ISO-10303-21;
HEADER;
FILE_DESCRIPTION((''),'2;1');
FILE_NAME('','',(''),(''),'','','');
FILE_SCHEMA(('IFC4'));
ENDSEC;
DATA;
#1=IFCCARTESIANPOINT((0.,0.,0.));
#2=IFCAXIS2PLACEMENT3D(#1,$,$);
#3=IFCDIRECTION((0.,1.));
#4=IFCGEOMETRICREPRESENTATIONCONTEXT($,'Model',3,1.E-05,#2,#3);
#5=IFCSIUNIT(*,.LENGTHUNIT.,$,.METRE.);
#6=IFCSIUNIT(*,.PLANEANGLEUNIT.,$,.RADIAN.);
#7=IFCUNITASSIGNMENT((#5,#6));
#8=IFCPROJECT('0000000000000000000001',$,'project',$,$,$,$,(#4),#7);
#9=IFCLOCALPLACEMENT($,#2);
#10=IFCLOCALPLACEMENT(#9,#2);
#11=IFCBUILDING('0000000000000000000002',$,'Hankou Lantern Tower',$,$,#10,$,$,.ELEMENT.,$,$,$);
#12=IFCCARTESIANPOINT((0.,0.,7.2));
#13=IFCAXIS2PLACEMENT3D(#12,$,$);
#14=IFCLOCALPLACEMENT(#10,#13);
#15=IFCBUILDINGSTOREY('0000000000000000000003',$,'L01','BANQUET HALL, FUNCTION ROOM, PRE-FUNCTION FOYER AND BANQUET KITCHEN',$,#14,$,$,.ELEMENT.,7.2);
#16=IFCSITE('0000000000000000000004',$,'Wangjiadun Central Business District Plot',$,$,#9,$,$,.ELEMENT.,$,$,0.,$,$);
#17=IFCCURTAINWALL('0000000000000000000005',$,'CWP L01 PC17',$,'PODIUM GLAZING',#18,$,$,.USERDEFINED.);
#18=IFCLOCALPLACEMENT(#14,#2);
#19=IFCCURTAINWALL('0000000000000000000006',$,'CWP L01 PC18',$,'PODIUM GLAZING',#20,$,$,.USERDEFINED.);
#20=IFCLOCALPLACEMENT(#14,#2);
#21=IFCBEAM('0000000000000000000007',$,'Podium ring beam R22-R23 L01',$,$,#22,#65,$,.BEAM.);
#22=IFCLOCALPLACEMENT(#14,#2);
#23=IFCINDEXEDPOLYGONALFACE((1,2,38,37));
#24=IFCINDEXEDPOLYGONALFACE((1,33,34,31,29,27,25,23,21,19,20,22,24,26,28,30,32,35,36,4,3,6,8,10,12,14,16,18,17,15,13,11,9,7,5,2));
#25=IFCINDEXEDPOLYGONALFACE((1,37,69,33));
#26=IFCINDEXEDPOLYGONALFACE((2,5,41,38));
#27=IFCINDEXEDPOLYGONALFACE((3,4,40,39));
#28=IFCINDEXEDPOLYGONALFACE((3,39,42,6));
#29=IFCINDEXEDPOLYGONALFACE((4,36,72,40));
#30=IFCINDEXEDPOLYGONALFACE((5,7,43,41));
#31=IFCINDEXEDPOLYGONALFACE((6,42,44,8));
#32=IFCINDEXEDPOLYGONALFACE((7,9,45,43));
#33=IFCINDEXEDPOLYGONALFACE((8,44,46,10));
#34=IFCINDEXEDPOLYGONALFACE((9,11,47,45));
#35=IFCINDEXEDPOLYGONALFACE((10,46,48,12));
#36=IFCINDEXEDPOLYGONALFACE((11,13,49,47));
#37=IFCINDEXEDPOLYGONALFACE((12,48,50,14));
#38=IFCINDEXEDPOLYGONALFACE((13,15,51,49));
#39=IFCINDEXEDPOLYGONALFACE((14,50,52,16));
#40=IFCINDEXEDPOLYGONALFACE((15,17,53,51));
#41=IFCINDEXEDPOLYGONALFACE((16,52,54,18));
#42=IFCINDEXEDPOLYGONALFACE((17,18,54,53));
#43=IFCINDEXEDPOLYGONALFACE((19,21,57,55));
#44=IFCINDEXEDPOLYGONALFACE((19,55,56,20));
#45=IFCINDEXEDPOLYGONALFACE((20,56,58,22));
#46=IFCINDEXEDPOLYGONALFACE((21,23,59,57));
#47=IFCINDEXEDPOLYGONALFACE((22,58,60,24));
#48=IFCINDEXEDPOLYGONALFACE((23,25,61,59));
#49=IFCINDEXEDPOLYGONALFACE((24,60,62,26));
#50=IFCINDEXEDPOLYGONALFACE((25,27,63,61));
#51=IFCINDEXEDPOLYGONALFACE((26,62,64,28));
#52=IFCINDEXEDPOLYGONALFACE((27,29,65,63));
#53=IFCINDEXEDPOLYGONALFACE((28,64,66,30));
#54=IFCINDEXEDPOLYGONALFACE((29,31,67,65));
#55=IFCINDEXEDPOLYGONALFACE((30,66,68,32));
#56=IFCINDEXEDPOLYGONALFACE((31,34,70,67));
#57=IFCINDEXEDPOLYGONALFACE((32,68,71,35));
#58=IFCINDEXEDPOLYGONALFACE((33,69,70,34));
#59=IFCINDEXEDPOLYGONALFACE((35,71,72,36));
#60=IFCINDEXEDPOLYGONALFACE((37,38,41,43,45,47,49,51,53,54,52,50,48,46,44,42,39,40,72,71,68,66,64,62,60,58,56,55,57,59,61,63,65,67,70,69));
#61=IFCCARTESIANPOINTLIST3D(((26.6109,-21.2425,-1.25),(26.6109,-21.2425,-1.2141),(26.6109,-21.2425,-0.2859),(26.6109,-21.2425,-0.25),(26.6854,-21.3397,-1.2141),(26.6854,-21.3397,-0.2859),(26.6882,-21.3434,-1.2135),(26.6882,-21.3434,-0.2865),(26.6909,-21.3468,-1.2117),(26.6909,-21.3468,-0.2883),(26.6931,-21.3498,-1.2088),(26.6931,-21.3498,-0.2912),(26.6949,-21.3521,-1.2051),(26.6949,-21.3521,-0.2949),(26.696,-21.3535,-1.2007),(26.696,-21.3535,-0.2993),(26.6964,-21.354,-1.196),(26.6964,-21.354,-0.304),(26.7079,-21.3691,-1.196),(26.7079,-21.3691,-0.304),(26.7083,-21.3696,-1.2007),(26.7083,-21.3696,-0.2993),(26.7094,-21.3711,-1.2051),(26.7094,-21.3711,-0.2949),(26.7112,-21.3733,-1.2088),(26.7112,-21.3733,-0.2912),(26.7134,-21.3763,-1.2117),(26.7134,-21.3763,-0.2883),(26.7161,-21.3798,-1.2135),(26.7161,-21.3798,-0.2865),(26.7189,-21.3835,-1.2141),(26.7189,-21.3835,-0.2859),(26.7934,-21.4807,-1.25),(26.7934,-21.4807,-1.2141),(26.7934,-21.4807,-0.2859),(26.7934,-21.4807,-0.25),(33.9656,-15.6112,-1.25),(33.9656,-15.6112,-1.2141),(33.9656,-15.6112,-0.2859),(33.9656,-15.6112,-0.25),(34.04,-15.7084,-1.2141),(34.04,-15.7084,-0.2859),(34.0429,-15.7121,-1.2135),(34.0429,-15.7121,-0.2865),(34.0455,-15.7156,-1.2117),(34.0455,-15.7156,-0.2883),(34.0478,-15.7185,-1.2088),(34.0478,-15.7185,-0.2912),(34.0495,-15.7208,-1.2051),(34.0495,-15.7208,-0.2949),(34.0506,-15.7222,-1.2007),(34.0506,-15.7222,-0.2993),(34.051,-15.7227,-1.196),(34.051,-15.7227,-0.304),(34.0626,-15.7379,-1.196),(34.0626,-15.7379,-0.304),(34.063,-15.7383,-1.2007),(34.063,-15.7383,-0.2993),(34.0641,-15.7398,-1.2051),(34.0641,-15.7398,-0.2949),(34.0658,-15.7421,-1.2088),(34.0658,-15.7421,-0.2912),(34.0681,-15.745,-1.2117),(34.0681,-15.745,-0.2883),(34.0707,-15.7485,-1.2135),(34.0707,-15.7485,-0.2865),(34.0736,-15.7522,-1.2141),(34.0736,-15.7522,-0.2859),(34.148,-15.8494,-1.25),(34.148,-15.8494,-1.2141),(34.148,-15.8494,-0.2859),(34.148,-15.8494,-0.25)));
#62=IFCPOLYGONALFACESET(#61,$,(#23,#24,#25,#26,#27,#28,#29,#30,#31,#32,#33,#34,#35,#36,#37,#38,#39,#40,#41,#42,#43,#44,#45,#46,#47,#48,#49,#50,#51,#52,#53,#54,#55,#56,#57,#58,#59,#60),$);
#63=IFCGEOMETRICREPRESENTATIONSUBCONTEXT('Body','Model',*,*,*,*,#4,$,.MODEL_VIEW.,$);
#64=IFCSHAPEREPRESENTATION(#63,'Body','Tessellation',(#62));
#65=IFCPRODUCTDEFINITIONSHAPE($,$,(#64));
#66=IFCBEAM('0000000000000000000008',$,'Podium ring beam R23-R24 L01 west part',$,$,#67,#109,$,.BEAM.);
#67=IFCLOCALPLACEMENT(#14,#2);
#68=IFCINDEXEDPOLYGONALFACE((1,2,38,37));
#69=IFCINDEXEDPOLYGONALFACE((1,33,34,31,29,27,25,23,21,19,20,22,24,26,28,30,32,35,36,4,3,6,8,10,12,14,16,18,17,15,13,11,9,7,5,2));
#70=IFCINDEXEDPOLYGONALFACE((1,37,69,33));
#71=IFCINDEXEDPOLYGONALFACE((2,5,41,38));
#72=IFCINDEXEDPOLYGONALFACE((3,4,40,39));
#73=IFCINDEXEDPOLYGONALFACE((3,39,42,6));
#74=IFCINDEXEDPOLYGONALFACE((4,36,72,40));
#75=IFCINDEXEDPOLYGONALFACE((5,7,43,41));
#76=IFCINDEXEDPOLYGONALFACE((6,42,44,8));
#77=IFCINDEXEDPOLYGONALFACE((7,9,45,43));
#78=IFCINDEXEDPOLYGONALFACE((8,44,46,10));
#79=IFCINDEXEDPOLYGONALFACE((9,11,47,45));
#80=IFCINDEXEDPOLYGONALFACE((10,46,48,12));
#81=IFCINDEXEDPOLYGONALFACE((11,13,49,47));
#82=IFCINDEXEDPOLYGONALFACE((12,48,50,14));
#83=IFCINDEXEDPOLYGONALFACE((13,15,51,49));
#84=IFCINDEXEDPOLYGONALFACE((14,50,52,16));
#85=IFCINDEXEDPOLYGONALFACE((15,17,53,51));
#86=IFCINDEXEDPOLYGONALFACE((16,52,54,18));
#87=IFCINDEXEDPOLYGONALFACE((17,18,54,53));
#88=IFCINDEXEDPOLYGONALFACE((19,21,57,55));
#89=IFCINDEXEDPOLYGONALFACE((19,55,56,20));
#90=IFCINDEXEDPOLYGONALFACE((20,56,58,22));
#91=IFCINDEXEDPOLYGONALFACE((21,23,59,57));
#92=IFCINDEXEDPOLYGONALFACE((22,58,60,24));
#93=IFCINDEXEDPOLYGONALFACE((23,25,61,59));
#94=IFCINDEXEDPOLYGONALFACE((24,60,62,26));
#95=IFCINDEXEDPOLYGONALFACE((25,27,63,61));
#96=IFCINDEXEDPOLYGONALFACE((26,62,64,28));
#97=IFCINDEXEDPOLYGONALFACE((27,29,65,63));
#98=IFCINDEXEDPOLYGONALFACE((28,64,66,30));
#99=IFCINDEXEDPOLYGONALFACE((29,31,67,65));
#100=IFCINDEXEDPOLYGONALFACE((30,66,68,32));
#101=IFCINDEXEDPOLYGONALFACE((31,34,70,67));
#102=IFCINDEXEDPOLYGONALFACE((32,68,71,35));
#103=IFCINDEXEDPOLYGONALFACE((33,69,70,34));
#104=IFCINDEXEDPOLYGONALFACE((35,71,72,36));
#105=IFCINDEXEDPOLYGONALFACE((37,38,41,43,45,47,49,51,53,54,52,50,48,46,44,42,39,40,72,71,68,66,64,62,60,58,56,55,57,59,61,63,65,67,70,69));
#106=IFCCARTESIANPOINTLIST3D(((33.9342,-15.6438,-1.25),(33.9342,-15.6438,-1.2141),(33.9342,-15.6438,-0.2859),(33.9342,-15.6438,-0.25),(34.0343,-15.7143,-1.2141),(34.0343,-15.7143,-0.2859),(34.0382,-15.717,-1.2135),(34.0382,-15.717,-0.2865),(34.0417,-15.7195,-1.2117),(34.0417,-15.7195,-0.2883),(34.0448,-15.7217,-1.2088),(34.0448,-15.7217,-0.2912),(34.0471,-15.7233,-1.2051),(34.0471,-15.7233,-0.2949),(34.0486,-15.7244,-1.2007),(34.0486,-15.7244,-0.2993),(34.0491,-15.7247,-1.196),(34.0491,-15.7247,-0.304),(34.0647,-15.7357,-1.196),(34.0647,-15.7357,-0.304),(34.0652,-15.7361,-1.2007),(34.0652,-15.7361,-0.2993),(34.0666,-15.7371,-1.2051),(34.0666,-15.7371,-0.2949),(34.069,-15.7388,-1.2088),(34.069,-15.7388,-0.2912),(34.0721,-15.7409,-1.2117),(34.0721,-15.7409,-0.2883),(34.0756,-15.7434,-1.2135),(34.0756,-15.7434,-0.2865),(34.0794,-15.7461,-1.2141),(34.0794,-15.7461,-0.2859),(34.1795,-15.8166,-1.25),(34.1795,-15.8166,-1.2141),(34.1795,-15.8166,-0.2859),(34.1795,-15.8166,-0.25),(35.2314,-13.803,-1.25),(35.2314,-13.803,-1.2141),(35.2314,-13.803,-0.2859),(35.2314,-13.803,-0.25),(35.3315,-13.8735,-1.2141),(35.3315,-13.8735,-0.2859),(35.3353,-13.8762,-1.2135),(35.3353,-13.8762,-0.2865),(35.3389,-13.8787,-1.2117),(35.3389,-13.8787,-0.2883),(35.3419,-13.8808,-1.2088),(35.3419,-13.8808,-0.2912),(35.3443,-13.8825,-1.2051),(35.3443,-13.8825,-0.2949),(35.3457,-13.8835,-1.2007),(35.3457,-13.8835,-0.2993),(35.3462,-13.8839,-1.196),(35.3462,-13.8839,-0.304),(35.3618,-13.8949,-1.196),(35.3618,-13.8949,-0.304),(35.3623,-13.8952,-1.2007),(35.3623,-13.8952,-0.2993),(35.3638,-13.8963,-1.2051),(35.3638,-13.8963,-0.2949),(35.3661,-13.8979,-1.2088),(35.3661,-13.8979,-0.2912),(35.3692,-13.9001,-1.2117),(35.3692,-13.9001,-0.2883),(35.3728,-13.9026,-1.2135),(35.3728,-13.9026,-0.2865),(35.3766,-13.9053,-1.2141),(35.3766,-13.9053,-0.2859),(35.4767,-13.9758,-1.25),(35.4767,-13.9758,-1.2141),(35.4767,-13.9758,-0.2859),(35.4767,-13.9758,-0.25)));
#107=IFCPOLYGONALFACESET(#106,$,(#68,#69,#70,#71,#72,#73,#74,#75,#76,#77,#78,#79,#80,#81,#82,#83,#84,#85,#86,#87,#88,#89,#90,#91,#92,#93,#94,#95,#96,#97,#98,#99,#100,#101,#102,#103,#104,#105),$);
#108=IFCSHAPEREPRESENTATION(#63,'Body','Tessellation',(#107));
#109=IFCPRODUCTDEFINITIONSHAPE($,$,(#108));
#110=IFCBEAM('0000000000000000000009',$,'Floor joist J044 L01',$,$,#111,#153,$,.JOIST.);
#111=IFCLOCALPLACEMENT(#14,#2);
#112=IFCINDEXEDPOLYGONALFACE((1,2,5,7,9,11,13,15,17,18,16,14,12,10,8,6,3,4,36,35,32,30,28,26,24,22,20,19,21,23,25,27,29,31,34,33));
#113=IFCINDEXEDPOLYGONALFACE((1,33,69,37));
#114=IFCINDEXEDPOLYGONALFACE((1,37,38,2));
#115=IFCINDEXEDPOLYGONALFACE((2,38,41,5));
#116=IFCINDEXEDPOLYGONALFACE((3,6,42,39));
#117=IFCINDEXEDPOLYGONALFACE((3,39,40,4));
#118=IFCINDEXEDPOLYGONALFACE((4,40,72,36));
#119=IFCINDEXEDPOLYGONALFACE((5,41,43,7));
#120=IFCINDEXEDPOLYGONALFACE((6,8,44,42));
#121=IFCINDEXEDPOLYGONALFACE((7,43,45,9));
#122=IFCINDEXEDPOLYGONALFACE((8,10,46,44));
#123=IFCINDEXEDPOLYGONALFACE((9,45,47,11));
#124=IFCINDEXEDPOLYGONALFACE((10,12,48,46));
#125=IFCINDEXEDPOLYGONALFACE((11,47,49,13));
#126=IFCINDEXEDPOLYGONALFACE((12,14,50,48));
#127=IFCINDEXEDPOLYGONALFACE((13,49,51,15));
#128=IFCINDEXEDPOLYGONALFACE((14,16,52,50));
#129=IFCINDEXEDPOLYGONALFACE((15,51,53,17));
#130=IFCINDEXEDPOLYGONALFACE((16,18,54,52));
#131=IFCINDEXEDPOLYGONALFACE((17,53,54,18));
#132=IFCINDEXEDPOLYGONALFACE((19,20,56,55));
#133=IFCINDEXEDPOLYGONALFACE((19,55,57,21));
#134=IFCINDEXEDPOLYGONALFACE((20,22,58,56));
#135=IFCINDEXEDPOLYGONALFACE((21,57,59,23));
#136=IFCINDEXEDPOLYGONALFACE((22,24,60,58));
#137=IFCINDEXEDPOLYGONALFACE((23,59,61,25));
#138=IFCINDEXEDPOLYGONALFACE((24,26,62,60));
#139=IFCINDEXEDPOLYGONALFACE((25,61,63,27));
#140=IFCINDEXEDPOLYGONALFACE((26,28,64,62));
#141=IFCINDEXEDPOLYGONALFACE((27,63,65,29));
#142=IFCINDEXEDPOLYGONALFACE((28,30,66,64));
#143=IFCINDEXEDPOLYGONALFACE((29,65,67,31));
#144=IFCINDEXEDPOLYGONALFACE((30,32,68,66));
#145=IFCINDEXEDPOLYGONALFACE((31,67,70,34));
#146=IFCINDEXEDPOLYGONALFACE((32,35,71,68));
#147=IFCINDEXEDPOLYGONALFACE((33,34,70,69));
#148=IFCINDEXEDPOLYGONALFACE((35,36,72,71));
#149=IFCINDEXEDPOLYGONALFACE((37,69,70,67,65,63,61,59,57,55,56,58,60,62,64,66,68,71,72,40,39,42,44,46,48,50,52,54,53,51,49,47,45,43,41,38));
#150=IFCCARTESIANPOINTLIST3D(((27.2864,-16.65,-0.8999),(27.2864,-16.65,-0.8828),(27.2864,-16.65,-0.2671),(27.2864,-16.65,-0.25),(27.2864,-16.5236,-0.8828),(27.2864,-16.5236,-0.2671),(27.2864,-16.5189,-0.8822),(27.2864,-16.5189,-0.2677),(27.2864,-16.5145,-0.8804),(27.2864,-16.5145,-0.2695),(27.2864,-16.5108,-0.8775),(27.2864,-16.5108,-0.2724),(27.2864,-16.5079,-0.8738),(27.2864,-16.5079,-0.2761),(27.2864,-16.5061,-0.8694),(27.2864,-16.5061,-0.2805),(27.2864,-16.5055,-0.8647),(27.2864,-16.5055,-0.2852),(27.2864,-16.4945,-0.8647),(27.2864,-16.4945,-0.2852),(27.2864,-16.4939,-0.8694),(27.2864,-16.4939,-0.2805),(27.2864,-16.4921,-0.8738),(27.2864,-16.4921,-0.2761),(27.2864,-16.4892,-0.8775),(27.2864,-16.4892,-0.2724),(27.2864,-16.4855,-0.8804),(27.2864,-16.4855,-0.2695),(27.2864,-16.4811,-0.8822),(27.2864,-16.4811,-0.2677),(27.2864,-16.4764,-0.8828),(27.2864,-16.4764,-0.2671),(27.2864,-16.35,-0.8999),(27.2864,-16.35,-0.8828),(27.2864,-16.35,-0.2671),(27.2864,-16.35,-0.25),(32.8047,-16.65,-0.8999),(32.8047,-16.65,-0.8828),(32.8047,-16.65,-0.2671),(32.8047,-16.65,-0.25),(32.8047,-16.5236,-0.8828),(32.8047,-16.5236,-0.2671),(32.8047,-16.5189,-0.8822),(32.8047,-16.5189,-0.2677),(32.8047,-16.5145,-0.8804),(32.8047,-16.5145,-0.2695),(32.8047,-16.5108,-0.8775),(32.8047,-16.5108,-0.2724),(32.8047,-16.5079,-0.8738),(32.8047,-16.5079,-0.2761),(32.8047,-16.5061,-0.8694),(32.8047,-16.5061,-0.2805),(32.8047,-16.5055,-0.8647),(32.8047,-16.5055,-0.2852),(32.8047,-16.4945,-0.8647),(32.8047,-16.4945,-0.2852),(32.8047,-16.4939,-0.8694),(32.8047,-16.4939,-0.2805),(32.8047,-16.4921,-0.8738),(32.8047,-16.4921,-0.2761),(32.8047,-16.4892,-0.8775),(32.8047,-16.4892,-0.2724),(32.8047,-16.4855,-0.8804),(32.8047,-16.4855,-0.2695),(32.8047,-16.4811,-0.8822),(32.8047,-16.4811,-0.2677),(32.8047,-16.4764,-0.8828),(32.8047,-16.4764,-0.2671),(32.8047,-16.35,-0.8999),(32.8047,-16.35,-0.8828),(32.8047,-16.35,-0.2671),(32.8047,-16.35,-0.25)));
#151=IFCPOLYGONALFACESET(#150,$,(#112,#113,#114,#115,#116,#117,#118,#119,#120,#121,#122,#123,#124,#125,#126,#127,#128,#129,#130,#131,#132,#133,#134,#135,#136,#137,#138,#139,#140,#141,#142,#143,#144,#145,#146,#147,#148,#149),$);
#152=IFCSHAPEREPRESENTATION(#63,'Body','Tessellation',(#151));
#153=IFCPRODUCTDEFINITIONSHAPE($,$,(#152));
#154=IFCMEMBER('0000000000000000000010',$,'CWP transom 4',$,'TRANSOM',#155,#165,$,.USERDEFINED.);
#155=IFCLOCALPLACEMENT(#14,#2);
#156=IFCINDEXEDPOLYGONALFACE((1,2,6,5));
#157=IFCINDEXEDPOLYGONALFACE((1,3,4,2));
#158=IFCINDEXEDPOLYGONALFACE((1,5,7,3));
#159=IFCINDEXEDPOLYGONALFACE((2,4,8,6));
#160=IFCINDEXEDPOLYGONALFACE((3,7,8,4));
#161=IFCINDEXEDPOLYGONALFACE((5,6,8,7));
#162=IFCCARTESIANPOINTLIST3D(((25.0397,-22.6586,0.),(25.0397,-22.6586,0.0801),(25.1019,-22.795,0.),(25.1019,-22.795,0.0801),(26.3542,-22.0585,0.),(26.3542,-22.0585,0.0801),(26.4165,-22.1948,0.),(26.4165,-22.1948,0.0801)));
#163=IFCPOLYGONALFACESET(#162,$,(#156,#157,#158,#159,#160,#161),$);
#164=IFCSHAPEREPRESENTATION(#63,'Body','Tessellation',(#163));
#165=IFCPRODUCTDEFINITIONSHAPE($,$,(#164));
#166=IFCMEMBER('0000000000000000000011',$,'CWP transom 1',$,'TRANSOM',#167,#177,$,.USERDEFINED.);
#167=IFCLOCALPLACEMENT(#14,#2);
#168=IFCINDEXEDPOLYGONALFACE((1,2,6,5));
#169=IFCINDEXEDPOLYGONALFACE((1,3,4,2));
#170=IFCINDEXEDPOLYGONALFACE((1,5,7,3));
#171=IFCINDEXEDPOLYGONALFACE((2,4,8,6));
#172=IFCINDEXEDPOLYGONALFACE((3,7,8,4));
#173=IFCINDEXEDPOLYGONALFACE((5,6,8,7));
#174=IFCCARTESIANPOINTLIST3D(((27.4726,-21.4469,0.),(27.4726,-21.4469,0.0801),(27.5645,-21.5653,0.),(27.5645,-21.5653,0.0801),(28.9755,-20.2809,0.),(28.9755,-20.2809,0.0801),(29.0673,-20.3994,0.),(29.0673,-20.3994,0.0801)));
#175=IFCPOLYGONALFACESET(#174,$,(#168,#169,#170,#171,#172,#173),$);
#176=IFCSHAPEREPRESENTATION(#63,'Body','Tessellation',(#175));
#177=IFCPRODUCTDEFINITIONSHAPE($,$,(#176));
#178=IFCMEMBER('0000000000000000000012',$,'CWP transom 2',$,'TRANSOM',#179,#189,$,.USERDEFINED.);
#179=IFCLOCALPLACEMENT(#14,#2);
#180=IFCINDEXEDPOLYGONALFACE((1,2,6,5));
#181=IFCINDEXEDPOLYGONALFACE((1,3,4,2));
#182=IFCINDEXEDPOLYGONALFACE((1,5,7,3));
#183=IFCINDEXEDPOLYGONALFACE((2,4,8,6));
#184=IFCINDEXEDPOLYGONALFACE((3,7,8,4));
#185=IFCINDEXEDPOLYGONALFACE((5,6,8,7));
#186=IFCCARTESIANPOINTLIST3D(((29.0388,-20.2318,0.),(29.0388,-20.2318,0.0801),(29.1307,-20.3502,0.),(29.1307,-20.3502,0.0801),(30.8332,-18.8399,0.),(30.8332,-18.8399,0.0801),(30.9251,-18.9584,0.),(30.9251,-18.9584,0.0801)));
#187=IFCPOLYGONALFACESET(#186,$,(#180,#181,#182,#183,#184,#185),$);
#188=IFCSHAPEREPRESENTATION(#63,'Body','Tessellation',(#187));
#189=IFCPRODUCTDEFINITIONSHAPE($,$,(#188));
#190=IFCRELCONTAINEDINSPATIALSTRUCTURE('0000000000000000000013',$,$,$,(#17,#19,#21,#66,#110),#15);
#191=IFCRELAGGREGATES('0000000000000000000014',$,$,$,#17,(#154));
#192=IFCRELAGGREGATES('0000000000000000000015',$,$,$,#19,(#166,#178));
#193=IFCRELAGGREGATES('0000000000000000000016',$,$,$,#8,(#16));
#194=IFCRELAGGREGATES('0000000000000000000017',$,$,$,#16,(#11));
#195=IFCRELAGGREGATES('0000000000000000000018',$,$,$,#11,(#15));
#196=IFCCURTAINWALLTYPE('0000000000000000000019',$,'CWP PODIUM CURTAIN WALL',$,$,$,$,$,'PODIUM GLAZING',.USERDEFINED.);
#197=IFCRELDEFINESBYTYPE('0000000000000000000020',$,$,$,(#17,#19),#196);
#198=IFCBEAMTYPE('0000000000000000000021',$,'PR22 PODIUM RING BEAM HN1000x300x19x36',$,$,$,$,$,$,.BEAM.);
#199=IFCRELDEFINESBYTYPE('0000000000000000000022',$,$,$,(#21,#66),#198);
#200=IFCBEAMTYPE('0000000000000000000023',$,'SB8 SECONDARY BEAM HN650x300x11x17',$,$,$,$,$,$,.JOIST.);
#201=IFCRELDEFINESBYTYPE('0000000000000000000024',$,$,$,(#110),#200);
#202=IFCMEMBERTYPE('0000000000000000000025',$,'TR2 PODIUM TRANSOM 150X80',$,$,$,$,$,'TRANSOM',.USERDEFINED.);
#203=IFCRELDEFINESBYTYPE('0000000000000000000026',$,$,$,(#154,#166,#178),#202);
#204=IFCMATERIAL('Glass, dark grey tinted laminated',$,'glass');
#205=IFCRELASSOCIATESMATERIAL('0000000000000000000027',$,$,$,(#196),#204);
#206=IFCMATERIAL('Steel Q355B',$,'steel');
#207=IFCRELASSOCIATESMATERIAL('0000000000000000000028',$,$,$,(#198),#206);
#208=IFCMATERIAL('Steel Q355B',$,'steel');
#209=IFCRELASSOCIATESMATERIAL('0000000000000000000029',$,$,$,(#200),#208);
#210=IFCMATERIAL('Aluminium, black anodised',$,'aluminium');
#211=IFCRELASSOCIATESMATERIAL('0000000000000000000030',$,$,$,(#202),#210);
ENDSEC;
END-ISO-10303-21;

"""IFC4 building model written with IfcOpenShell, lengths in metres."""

from ifc_helpers import new_model, si_unit, direction, frame, origin, origin_2d, place, context, subcontext, project, spatial, rectangle, i_section, extrude, material, material_profile, profile_set, type_object, element, aggregate, save


model = new_model("IFC4")

# Units and contexts
model_context = context("Model", 3, precision=1e-05, world=origin(), true_north=direction((0.0, 1.0)))
body_context = subcontext(model_context, "Body", "Model", "MODEL_VIEW")
ifc_project = project(units=[si_unit("LENGTHUNIT", "METRE"), si_unit("PLANEANGLEUNIT", "RADIAN")], contexts=[model_context])

# Site, building, storey
site_placement = place(None, origin())
site = spatial("IfcSite", under=ifc_project, at=site_placement, Name="Wangjiadun Central Business District Plot", CompositionType="ELEMENT", RefElevation=0.0)
building_placement = place(site_placement, origin())
building = spatial("IfcBuilding", under=site, at=building_placement, Name="Hankou Lantern Tower", CompositionType="ELEMENT")
storey_placement = place(building_placement, frame((0.0, 0.0, 7.2)))
storey = spatial("IfcBuildingStorey", under=building, at=storey_placement, Name="L01", Description="BANQUET HALL, FUNCTION ROOM, PRE-FUNCTION FOYER AND BANQUET KITCHEN", CompositionType="ELEMENT", Elevation=7.2)

# Curtain walls
ifc_material_1 = material(Name="Glass, dark grey tinted laminated", Category="glass")
curtain_wall_type = type_object("IfcCurtainWallType", Name="CWP PODIUM CURTAIN WALL", ElementType="PODIUM GLAZING", PredefinedType="USERDEFINED", material=ifc_material_1)
curtain_wall_1_placement = place(storey_placement, origin())
curtain_wall_1 = element("IfcCurtainWall", 1, at=curtain_wall_1_placement, inside=storey, type_object=curtain_wall_type, Name="CWP L01 PC17", ObjectType="PODIUM GLAZING", PredefinedType="USERDEFINED")
curtain_wall_2_placement = place(storey_placement, origin())
curtain_wall_2 = element("IfcCurtainWall", 2, at=curtain_wall_2_placement, inside=storey, type_object=curtain_wall_type, Name="CWP L01 PC18", ObjectType="PODIUM GLAZING", PredefinedType="USERDEFINED")

# Beams
ifc_material_2 = material(Name="Steel Q355B", Category="steel")
ifc_material_profile_1 = material_profile(ifc_material_2, i_section(OverallWidth=0.3, OverallDepth=1.0, WebThickness=0.019, FlangeThickness=0.0359, FilletRadius=0.0181, at=origin_2d()), Name="HN1000x300x19x36")
ifc_profile_set_1 = profile_set([ifc_material_profile_1], Name="Steel Q355B")
beam_type_1 = type_object("IfcBeamType", Name="PR22 PODIUM RING BEAM HN1000x300x19x36", PredefinedType="BEAM", material=ifc_profile_set_1)
beam_1_placement = place(storey_placement, frame((26.7021, -21.3616, -0.75), z_axis=(0.793986, 0.607936, 0.0), x_axis=(-0.607936, 0.793986, 0.0)))
element("IfcBeam", 3, at=beam_1_placement, inside=storey, type_object=beam_type_1, Name="Podium ring beam R22-R23 L01", PredefinedType="BEAM", context=body_context, shape_type="SweptSolid", body=[
    extrude(i_section(OverallWidth=0.3, OverallDepth=1.0, WebThickness=0.019, FlangeThickness=0.0359, FilletRadius=0.0181, at=origin_2d()), origin(), (0.0, 0.0, 1.0), 9.2629),
])
beam_2_placement = place(storey_placement, frame((34.0569, -15.7302, -0.75), z_axis=(0.576006, 0.817445, 0.0), x_axis=(-0.817445, 0.576006, 0.0)))
element("IfcBeam", 4, at=beam_2_placement, inside=storey, type_object=beam_type_1, Name="Podium ring beam R23-R24 L01 west part", PredefinedType="BEAM", context=body_context, shape_type="SweptSolid", body=[
    extrude(i_section(OverallWidth=0.3, OverallDepth=1.0, WebThickness=0.019, FlangeThickness=0.0359, FilletRadius=0.0181, at=origin_2d()), origin(), (0.0, 0.0, 1.0), 2.252),
])
ifc_material_3 = material(Name="Steel Q355B", Category="steel")
ifc_material_profile_2 = material_profile(ifc_material_3, i_section(OverallWidth=0.3, OverallDepth=0.6499, WebThickness=0.011, FlangeThickness=0.0171, FilletRadius=0.0181, at=origin_2d()), Name="HN650x300x11x17")
ifc_profile_set_2 = profile_set([ifc_material_profile_2], Name="Steel Q355B")
beam_type_2 = type_object("IfcBeamType", Name="SB8 SECONDARY BEAM HN650x300x11x17", PredefinedType="JOIST", material=ifc_profile_set_2)
beam_3_placement = place(storey_placement, frame((27.2864, -16.5, -0.575), z_axis=(1.0, 0.0, 0.0), x_axis=(0.0, 1.0, 0.0)))
element("IfcBeam", 5, at=beam_3_placement, inside=storey, type_object=beam_type_2, Name="Floor joist J044 L01", PredefinedType="JOIST", context=body_context, shape_type="SweptSolid", body=[
    extrude(i_section(OverallWidth=0.3, OverallDepth=0.6499, WebThickness=0.011, FlangeThickness=0.0171, FilletRadius=0.0181, at=origin_2d()), origin(), (0.0, 0.0, 1.0), 5.5183),
])

# Members
ifc_material_4 = material(Name="Aluminium, black anodised", Category="aluminium")
ifc_material_profile_3 = material_profile(ifc_material_4, rectangle(XDim=0.1499, YDim=0.0801, at=origin_2d()), Name="TR2 150X80")
ifc_profile_set_3 = profile_set([ifc_material_profile_3], Name="Aluminium, black anodised")
member_type_1 = type_object("IfcMemberType", Name="TR2 PODIUM TRANSOM 150X80", ElementType="TRANSOM", PredefinedType="USERDEFINED", material=ifc_profile_set_3)
member_1_placement = place(storey_placement, frame((25.0708, -22.7268, 0.04), z_axis=(0.909682, 0.415305, 0.0), x_axis=(-0.415305, 0.909682, 0.0)))
member_1 = element("IfcMember", 6, at=member_1_placement, type_object=member_type_1, Name="CWP transom 4", ObjectType="TRANSOM", PredefinedType="USERDEFINED", context=body_context, shape_type="SweptSolid", body=[
    extrude(rectangle(XDim=0.1499, YDim=0.0801, at=origin_2d()), origin(), (0.0, 0.0, 1.0), 1.4451),
])
member_2_placement = place(storey_placement, frame((27.5186, -21.5061, 0.04), z_axis=(0.790098, 0.612981, 0.0), x_axis=(-0.612981, 0.790098, 0.0)))
member_2 = element("IfcMember", 7, at=member_2_placement, type_object=member_type_1, Name="CWP transom 1", ObjectType="TRANSOM", PredefinedType="USERDEFINED", context=body_context, shape_type="SweptSolid", body=[
    extrude(rectangle(XDim=0.1499, YDim=0.0801, at=origin_2d()), origin(), (0.0, 0.0, 1.0), 1.9021),
])
member_3_placement = place(storey_placement, frame((29.0847, -20.291, 0.04), z_axis=(0.790168, 0.612891, 0.0), x_axis=(-0.612891, 0.790168, 0.0)))
member_3 = element("IfcMember", 8, at=member_3_placement, type_object=member_type_1, Name="CWP transom 2", ObjectType="TRANSOM", PredefinedType="USERDEFINED", context=body_context, shape_type="SweptSolid", body=[
    extrude(rectangle(XDim=0.1499, YDim=0.0801, at=origin_2d()), origin(), (0.0, 0.0, 1.0), 2.271),
])

aggregate(curtain_wall_1, [member_1])
aggregate(curtain_wall_2, [member_2, member_3])

save(model, "model.ifc")
